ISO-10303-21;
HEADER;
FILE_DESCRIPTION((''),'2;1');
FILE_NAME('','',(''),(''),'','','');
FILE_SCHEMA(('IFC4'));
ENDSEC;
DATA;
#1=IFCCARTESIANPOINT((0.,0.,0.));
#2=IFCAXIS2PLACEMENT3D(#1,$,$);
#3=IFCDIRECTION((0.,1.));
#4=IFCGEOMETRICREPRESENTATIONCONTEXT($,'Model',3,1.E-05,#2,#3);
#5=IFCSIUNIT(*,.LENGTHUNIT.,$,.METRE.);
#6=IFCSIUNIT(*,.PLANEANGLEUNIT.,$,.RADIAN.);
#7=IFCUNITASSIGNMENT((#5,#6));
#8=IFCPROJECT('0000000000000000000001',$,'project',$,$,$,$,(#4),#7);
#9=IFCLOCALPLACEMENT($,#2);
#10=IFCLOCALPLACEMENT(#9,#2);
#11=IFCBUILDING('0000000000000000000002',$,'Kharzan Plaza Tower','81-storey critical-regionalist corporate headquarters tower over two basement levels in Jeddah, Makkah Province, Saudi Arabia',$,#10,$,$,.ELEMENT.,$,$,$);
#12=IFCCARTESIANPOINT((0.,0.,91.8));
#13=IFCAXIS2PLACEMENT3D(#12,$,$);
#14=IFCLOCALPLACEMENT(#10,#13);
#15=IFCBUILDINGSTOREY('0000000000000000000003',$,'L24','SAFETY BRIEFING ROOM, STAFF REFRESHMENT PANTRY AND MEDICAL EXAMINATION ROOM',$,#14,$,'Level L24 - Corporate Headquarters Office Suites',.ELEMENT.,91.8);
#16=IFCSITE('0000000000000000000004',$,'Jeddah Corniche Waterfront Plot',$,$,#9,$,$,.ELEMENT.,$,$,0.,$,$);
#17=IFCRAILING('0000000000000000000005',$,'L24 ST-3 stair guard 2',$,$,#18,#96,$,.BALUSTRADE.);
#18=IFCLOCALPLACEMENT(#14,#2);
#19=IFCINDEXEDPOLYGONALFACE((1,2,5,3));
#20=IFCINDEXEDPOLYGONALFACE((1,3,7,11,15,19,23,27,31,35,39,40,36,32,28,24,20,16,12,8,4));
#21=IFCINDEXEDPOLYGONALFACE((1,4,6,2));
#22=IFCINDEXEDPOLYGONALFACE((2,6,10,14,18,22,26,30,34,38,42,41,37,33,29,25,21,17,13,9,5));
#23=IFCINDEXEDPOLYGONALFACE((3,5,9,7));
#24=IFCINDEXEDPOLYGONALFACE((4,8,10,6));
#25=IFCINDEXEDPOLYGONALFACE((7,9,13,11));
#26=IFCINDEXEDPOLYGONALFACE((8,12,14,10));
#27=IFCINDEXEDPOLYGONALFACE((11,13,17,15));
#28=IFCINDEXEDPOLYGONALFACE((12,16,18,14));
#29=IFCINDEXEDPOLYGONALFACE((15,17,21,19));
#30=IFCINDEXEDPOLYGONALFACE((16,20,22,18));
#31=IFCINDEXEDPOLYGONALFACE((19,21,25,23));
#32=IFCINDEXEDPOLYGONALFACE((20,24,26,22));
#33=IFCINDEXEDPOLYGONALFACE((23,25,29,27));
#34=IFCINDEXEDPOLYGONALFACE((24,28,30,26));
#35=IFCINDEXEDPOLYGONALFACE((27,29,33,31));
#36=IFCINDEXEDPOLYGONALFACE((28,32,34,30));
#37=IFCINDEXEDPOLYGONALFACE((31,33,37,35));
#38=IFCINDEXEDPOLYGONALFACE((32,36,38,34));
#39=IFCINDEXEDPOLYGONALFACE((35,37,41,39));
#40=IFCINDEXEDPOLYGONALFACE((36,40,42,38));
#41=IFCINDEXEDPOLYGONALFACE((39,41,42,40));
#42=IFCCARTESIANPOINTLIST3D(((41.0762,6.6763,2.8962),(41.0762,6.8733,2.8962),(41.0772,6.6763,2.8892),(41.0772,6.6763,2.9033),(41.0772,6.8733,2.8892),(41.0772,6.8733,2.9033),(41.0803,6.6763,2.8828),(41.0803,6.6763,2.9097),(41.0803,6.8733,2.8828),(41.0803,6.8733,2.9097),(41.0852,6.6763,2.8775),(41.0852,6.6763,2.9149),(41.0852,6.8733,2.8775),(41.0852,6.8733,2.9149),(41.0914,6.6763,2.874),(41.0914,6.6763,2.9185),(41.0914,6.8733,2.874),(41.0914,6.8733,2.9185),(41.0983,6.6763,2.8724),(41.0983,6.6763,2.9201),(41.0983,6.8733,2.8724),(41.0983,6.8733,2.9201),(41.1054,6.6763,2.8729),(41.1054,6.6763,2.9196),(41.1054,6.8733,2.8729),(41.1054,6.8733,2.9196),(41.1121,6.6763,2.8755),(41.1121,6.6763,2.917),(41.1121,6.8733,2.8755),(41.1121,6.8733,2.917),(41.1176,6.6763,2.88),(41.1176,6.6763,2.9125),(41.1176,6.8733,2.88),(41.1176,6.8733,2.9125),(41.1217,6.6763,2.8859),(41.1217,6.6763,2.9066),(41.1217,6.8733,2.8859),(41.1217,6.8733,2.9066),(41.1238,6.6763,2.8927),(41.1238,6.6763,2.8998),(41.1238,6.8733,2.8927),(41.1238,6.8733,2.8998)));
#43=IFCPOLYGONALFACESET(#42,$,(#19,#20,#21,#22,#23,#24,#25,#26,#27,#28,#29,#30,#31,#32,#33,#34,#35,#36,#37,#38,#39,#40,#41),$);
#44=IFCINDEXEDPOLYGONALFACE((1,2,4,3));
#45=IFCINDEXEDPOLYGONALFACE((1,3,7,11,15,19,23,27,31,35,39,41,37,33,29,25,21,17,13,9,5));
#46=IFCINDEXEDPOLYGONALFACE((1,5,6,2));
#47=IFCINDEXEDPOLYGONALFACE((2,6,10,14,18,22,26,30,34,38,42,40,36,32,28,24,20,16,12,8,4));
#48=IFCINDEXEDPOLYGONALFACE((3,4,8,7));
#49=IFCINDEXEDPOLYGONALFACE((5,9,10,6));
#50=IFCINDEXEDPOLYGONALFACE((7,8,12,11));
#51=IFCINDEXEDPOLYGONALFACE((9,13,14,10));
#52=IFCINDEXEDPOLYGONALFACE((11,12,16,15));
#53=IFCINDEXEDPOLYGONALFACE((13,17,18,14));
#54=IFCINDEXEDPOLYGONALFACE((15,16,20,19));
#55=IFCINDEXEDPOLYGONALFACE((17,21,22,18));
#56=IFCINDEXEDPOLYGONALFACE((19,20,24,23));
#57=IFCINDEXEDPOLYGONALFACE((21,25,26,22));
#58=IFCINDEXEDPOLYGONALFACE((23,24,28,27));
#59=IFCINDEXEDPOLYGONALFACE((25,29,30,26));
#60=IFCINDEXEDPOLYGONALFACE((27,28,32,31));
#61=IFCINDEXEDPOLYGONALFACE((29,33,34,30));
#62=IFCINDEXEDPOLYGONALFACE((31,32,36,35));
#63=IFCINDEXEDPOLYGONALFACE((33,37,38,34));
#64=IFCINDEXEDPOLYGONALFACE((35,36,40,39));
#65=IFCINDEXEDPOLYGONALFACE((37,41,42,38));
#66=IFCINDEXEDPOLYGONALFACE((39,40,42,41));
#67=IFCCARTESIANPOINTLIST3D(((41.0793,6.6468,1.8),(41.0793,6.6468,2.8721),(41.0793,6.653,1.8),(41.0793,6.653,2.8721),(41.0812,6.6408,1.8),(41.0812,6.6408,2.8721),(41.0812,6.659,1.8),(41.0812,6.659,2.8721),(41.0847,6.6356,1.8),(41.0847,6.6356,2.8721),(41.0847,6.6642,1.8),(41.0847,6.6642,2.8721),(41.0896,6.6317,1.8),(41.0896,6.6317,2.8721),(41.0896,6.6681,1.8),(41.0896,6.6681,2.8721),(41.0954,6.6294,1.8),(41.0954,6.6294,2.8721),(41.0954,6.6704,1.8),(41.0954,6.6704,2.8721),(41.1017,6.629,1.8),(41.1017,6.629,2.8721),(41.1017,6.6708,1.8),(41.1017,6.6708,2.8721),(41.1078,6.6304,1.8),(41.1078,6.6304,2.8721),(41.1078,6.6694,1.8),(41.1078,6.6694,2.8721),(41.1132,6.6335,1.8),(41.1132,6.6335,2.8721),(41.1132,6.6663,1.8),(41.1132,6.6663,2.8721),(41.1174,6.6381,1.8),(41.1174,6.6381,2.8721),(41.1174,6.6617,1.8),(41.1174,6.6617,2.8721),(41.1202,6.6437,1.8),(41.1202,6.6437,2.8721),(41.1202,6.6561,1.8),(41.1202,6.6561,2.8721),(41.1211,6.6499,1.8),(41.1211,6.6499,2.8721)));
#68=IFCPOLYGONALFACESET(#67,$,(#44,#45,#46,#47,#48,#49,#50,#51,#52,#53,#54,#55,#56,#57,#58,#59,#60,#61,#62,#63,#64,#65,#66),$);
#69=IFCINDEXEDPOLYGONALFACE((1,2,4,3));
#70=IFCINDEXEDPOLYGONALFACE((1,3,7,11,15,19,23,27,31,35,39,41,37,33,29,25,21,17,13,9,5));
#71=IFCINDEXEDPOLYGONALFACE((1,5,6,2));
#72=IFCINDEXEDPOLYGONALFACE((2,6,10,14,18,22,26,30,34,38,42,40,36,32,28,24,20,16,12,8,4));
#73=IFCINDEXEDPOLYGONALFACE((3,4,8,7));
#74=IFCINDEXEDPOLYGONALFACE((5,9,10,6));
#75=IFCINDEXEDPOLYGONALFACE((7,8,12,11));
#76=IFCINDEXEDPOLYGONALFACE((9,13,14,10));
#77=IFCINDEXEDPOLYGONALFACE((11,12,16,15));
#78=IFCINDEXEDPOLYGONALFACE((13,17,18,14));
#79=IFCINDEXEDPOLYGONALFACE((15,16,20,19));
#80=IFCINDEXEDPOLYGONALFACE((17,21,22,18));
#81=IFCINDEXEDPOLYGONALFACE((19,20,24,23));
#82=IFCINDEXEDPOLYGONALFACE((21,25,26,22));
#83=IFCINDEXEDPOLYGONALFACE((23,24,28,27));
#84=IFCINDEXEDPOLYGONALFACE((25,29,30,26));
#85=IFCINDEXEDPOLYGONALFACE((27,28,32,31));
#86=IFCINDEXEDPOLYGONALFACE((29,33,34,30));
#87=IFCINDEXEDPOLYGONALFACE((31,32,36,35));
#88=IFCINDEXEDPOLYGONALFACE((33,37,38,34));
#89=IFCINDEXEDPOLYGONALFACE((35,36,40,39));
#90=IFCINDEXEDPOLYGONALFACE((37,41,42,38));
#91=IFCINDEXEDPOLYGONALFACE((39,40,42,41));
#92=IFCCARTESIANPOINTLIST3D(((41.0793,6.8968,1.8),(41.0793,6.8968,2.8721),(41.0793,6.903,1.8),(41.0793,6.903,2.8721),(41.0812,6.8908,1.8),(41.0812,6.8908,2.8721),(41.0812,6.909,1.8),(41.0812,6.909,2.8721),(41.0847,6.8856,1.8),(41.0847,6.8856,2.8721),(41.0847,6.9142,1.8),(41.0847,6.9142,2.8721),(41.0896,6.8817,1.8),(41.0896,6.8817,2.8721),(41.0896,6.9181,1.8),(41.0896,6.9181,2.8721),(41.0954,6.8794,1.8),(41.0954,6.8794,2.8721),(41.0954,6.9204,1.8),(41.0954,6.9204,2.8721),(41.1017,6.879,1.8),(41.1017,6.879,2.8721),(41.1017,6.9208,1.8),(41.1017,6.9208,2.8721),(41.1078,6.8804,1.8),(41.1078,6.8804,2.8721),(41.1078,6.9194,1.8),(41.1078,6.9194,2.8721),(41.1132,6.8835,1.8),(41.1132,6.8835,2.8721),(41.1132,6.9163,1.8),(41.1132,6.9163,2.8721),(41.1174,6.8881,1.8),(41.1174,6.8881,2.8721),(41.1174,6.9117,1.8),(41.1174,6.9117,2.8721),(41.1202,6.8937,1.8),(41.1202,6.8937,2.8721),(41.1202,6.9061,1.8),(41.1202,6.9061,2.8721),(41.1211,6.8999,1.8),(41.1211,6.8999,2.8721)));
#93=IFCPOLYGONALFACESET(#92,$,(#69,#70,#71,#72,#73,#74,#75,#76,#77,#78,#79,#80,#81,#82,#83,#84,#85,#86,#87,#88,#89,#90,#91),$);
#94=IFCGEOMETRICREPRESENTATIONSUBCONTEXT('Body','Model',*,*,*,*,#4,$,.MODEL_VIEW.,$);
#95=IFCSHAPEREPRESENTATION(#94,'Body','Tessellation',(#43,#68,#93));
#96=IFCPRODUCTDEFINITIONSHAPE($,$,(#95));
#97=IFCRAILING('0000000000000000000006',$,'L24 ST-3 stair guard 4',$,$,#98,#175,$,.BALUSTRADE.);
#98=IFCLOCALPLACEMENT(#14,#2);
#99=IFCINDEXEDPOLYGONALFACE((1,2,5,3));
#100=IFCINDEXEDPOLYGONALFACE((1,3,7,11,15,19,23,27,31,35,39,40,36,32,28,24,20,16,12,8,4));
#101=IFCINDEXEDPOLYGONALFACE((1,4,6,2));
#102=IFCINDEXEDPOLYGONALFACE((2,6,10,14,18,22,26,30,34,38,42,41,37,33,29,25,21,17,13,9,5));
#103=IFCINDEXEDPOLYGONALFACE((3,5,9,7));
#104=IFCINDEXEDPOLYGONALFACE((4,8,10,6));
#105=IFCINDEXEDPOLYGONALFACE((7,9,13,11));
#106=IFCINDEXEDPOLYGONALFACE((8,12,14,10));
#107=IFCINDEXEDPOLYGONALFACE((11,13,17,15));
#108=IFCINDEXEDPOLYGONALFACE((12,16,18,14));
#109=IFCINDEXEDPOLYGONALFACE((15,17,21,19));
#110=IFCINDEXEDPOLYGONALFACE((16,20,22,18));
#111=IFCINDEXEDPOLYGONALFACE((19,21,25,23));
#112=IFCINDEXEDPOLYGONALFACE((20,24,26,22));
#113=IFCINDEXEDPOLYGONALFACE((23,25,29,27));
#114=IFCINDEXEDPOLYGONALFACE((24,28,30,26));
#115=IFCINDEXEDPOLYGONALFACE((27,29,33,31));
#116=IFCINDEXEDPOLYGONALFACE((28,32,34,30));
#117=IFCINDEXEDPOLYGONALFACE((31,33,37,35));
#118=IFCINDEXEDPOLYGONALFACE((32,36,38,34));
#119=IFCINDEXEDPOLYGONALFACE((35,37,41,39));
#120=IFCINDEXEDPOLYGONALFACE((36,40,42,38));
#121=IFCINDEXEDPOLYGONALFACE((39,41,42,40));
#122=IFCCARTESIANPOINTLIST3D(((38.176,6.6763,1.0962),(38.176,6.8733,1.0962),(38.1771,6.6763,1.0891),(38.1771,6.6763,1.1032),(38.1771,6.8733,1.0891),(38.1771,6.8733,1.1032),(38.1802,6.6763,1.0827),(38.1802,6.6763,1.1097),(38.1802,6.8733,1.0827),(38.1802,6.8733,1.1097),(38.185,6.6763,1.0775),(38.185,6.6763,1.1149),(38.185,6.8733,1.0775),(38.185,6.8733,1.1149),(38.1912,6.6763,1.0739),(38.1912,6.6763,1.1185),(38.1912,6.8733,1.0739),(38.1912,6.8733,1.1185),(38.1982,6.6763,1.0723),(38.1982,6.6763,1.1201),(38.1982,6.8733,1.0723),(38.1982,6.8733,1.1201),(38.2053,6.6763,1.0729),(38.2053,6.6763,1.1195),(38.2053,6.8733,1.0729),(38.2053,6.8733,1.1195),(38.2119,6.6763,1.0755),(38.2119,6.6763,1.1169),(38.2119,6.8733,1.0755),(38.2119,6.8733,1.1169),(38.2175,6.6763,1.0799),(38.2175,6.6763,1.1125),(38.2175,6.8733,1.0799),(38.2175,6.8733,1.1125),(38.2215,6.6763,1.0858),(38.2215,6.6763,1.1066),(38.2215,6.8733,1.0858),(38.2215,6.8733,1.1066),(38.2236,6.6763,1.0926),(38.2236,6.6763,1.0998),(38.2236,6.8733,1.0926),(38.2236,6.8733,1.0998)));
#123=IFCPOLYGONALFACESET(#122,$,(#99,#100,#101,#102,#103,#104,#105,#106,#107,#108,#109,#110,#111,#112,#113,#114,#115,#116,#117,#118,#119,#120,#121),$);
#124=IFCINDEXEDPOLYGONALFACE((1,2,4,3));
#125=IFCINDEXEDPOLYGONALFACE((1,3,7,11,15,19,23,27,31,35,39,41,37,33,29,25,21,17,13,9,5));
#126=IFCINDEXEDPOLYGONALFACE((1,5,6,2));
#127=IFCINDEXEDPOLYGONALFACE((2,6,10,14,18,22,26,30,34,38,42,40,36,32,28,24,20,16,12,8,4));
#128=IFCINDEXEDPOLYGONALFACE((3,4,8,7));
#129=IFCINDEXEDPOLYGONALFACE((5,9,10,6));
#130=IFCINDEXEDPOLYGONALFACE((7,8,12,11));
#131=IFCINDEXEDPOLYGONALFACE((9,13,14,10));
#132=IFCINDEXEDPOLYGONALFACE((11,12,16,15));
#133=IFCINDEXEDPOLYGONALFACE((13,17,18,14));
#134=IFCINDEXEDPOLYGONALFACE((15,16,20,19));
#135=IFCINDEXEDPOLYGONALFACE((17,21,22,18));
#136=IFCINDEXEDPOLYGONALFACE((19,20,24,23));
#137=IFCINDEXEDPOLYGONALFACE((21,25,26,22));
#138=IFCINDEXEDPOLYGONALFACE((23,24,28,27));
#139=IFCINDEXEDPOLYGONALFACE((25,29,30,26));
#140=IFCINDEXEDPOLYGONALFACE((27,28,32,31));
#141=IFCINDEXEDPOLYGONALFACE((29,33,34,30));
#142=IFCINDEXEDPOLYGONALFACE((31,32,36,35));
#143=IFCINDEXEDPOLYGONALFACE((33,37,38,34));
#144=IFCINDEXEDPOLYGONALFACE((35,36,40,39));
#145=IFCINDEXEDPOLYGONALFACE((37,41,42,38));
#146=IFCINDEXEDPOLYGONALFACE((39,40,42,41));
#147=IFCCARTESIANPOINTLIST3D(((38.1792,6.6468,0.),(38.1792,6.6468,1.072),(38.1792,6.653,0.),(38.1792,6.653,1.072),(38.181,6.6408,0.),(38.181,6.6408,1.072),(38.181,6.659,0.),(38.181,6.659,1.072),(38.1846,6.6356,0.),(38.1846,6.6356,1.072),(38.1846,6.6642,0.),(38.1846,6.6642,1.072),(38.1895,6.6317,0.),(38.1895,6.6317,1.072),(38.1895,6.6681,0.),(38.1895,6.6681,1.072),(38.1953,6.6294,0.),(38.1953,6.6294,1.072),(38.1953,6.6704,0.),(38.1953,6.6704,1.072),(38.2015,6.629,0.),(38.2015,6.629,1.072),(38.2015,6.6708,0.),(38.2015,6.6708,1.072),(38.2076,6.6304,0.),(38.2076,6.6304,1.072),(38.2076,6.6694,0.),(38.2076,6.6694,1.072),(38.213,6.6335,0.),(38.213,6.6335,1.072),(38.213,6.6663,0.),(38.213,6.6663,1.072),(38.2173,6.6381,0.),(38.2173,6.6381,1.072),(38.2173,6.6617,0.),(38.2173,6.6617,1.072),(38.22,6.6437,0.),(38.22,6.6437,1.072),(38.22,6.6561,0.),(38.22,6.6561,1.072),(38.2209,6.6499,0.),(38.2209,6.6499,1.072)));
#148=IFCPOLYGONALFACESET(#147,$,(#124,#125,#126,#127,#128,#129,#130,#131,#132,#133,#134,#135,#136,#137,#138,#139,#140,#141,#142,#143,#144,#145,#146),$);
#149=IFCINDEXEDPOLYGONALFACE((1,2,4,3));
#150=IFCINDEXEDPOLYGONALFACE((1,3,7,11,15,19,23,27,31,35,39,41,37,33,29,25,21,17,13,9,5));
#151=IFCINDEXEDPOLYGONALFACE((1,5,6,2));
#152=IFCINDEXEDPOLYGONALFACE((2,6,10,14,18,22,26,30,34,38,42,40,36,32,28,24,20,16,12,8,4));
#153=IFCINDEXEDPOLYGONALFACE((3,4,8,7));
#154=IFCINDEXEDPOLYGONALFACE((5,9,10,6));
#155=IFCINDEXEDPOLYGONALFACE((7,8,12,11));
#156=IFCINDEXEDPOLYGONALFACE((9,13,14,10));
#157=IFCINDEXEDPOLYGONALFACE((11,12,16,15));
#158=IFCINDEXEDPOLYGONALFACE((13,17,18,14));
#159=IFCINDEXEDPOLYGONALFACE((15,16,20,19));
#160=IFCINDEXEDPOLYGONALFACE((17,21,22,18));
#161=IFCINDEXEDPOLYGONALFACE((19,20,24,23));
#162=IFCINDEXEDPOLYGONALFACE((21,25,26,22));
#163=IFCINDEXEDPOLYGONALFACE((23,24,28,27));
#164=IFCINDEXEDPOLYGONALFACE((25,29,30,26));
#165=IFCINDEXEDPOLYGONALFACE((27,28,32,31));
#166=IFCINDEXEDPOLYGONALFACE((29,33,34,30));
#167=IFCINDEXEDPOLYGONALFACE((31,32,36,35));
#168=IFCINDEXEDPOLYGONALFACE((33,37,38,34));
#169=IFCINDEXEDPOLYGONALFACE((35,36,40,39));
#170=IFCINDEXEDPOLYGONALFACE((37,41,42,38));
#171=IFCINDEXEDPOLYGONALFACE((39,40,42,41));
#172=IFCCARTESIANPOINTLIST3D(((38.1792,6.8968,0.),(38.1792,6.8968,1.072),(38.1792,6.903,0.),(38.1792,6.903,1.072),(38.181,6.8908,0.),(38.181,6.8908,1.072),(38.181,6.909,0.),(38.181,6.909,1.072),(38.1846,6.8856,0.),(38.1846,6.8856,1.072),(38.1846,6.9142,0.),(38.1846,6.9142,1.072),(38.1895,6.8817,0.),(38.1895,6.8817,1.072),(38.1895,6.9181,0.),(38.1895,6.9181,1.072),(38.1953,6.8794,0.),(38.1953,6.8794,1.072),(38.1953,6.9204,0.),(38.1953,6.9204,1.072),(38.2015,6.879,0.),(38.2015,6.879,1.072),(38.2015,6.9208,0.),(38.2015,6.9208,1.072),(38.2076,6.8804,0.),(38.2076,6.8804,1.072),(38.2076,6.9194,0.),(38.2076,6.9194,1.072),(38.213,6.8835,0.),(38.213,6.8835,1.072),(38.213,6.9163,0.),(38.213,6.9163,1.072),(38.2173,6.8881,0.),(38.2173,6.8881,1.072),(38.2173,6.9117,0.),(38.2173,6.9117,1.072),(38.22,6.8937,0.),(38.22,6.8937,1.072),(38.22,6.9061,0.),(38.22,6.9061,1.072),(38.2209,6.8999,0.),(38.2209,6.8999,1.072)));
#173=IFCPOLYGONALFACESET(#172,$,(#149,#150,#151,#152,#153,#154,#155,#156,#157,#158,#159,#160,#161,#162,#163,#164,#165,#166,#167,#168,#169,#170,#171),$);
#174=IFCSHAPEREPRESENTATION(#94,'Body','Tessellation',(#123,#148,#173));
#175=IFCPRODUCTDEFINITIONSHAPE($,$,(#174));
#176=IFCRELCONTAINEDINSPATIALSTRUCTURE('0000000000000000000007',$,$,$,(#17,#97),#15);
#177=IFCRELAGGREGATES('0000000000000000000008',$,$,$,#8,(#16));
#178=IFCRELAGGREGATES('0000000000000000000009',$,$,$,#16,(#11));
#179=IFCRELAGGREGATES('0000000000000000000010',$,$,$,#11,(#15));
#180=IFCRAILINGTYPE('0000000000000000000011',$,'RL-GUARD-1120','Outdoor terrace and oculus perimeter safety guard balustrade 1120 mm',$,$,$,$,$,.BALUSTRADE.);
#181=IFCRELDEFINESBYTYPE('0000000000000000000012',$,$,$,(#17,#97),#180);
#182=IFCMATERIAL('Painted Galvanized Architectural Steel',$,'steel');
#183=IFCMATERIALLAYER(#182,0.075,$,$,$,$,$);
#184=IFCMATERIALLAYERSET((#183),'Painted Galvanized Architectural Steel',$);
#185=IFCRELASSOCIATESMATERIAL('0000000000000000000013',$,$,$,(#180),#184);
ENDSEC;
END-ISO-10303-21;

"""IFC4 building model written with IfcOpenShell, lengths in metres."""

from ifc_helpers import new_model, si_unit, direction, frame, origin, origin_2d, place, context, subcontext, project, spatial, circle, extrude, source, transform, mapped, material, layer, layer_set, type_object, element, save


model = new_model("IFC4")

# Units and contexts
model_context = context("Model", 3, precision=1e-05, world=origin(), true_north=direction((0.0, 1.0)))
body_context = subcontext(model_context, "Body", "Model", "MODEL_VIEW")
ifc_project = project(units=[si_unit("LENGTHUNIT", "METRE"), si_unit("PLANEANGLEUNIT", "RADIAN")], contexts=[model_context])

# Site, building, storey
site_placement = place(None, origin())
site = spatial("IfcSite", under=ifc_project, at=site_placement, Name="Jeddah Corniche Waterfront Plot", CompositionType="ELEMENT", RefElevation=0.0)
building_placement = place(site_placement, origin())
building = spatial("IfcBuilding", under=site, at=building_placement, Name="Kharzan Plaza Tower", Description="81-storey critical-regionalist corporate headquarters tower over two basement levels in Jeddah, Makkah Province, Saudi Arabia", CompositionType="ELEMENT")
storey_placement = place(building_placement, frame((0.0, 0.0, 91.8)))
storey = spatial("IfcBuildingStorey", under=building, at=storey_placement, Name="L24", Description="SAFETY BRIEFING ROOM, STAFF REFRESHMENT PANTRY AND MEDICAL EXAMINATION ROOM", LongName="Level L24 - Corporate Headquarters Office Suites", CompositionType="ELEMENT", Elevation=91.8)

# Railings
ifc_material_1 = material(Name="Painted Galvanized Architectural Steel", Category="steel")
ifc_layer_1 = layer(ifc_material_1, 0.075)
ifc_layer_set_1 = layer_set([ifc_layer_1], Name="Painted Galvanized Architectural Steel")
railing_type_1 = type_object("IfcRailingType", Name="RL-GUARD-1120", Description="Outdoor terrace and oculus perimeter safety guard balustrade 1120 mm", PredefinedType="BALUSTRADE", material=ifc_layer_set_1)
shared_shape_1 = source(origin(), body_context, "Body", "SweptSolid", [
    extrude(circle(Radius=0.0239, at=origin_2d()), frame((0.0, 0.0264, 1.0962), z_axis=(0.0, 1.0, 0.0), x_axis=(-1.0, 0.0, 0.0)), (0.0, 0.0, 1.0), 0.197),
    extrude(circle(Radius=0.021, at=origin_2d()), origin(), (0.0, 0.0, 1.0), 1.072),
    extrude(circle(Radius=0.021, at=origin_2d()), frame((0.0, 0.25, 0.0)), (0.0, 0.0, 1.0), 1.072),
])
for number, where, name in (
    (1, (41.1001, 6.6499, 1.8), "L24 ST-3 stair guard 2"),
    (2, (38.2, 6.6499, 0.0), "L24 ST-3 stair guard 4"),
):
    element("IfcRailing", number, at=place(storey_placement, frame(where)), inside=storey, type_object=railing_type_1, Name=name, PredefinedType="BALUSTRADE", context=body_context, shape_type="MappedRepresentation", body=[
        mapped(shared_shape_1, transform((0.0, 0.0, 0.0), x_axis=(1.0, 0.0, 0.0), y_axis=(0.0, 1.0, 0.0), z_axis=(0.0, 0.0, 1.0))),
    ])

save(model, "model.ifc")
